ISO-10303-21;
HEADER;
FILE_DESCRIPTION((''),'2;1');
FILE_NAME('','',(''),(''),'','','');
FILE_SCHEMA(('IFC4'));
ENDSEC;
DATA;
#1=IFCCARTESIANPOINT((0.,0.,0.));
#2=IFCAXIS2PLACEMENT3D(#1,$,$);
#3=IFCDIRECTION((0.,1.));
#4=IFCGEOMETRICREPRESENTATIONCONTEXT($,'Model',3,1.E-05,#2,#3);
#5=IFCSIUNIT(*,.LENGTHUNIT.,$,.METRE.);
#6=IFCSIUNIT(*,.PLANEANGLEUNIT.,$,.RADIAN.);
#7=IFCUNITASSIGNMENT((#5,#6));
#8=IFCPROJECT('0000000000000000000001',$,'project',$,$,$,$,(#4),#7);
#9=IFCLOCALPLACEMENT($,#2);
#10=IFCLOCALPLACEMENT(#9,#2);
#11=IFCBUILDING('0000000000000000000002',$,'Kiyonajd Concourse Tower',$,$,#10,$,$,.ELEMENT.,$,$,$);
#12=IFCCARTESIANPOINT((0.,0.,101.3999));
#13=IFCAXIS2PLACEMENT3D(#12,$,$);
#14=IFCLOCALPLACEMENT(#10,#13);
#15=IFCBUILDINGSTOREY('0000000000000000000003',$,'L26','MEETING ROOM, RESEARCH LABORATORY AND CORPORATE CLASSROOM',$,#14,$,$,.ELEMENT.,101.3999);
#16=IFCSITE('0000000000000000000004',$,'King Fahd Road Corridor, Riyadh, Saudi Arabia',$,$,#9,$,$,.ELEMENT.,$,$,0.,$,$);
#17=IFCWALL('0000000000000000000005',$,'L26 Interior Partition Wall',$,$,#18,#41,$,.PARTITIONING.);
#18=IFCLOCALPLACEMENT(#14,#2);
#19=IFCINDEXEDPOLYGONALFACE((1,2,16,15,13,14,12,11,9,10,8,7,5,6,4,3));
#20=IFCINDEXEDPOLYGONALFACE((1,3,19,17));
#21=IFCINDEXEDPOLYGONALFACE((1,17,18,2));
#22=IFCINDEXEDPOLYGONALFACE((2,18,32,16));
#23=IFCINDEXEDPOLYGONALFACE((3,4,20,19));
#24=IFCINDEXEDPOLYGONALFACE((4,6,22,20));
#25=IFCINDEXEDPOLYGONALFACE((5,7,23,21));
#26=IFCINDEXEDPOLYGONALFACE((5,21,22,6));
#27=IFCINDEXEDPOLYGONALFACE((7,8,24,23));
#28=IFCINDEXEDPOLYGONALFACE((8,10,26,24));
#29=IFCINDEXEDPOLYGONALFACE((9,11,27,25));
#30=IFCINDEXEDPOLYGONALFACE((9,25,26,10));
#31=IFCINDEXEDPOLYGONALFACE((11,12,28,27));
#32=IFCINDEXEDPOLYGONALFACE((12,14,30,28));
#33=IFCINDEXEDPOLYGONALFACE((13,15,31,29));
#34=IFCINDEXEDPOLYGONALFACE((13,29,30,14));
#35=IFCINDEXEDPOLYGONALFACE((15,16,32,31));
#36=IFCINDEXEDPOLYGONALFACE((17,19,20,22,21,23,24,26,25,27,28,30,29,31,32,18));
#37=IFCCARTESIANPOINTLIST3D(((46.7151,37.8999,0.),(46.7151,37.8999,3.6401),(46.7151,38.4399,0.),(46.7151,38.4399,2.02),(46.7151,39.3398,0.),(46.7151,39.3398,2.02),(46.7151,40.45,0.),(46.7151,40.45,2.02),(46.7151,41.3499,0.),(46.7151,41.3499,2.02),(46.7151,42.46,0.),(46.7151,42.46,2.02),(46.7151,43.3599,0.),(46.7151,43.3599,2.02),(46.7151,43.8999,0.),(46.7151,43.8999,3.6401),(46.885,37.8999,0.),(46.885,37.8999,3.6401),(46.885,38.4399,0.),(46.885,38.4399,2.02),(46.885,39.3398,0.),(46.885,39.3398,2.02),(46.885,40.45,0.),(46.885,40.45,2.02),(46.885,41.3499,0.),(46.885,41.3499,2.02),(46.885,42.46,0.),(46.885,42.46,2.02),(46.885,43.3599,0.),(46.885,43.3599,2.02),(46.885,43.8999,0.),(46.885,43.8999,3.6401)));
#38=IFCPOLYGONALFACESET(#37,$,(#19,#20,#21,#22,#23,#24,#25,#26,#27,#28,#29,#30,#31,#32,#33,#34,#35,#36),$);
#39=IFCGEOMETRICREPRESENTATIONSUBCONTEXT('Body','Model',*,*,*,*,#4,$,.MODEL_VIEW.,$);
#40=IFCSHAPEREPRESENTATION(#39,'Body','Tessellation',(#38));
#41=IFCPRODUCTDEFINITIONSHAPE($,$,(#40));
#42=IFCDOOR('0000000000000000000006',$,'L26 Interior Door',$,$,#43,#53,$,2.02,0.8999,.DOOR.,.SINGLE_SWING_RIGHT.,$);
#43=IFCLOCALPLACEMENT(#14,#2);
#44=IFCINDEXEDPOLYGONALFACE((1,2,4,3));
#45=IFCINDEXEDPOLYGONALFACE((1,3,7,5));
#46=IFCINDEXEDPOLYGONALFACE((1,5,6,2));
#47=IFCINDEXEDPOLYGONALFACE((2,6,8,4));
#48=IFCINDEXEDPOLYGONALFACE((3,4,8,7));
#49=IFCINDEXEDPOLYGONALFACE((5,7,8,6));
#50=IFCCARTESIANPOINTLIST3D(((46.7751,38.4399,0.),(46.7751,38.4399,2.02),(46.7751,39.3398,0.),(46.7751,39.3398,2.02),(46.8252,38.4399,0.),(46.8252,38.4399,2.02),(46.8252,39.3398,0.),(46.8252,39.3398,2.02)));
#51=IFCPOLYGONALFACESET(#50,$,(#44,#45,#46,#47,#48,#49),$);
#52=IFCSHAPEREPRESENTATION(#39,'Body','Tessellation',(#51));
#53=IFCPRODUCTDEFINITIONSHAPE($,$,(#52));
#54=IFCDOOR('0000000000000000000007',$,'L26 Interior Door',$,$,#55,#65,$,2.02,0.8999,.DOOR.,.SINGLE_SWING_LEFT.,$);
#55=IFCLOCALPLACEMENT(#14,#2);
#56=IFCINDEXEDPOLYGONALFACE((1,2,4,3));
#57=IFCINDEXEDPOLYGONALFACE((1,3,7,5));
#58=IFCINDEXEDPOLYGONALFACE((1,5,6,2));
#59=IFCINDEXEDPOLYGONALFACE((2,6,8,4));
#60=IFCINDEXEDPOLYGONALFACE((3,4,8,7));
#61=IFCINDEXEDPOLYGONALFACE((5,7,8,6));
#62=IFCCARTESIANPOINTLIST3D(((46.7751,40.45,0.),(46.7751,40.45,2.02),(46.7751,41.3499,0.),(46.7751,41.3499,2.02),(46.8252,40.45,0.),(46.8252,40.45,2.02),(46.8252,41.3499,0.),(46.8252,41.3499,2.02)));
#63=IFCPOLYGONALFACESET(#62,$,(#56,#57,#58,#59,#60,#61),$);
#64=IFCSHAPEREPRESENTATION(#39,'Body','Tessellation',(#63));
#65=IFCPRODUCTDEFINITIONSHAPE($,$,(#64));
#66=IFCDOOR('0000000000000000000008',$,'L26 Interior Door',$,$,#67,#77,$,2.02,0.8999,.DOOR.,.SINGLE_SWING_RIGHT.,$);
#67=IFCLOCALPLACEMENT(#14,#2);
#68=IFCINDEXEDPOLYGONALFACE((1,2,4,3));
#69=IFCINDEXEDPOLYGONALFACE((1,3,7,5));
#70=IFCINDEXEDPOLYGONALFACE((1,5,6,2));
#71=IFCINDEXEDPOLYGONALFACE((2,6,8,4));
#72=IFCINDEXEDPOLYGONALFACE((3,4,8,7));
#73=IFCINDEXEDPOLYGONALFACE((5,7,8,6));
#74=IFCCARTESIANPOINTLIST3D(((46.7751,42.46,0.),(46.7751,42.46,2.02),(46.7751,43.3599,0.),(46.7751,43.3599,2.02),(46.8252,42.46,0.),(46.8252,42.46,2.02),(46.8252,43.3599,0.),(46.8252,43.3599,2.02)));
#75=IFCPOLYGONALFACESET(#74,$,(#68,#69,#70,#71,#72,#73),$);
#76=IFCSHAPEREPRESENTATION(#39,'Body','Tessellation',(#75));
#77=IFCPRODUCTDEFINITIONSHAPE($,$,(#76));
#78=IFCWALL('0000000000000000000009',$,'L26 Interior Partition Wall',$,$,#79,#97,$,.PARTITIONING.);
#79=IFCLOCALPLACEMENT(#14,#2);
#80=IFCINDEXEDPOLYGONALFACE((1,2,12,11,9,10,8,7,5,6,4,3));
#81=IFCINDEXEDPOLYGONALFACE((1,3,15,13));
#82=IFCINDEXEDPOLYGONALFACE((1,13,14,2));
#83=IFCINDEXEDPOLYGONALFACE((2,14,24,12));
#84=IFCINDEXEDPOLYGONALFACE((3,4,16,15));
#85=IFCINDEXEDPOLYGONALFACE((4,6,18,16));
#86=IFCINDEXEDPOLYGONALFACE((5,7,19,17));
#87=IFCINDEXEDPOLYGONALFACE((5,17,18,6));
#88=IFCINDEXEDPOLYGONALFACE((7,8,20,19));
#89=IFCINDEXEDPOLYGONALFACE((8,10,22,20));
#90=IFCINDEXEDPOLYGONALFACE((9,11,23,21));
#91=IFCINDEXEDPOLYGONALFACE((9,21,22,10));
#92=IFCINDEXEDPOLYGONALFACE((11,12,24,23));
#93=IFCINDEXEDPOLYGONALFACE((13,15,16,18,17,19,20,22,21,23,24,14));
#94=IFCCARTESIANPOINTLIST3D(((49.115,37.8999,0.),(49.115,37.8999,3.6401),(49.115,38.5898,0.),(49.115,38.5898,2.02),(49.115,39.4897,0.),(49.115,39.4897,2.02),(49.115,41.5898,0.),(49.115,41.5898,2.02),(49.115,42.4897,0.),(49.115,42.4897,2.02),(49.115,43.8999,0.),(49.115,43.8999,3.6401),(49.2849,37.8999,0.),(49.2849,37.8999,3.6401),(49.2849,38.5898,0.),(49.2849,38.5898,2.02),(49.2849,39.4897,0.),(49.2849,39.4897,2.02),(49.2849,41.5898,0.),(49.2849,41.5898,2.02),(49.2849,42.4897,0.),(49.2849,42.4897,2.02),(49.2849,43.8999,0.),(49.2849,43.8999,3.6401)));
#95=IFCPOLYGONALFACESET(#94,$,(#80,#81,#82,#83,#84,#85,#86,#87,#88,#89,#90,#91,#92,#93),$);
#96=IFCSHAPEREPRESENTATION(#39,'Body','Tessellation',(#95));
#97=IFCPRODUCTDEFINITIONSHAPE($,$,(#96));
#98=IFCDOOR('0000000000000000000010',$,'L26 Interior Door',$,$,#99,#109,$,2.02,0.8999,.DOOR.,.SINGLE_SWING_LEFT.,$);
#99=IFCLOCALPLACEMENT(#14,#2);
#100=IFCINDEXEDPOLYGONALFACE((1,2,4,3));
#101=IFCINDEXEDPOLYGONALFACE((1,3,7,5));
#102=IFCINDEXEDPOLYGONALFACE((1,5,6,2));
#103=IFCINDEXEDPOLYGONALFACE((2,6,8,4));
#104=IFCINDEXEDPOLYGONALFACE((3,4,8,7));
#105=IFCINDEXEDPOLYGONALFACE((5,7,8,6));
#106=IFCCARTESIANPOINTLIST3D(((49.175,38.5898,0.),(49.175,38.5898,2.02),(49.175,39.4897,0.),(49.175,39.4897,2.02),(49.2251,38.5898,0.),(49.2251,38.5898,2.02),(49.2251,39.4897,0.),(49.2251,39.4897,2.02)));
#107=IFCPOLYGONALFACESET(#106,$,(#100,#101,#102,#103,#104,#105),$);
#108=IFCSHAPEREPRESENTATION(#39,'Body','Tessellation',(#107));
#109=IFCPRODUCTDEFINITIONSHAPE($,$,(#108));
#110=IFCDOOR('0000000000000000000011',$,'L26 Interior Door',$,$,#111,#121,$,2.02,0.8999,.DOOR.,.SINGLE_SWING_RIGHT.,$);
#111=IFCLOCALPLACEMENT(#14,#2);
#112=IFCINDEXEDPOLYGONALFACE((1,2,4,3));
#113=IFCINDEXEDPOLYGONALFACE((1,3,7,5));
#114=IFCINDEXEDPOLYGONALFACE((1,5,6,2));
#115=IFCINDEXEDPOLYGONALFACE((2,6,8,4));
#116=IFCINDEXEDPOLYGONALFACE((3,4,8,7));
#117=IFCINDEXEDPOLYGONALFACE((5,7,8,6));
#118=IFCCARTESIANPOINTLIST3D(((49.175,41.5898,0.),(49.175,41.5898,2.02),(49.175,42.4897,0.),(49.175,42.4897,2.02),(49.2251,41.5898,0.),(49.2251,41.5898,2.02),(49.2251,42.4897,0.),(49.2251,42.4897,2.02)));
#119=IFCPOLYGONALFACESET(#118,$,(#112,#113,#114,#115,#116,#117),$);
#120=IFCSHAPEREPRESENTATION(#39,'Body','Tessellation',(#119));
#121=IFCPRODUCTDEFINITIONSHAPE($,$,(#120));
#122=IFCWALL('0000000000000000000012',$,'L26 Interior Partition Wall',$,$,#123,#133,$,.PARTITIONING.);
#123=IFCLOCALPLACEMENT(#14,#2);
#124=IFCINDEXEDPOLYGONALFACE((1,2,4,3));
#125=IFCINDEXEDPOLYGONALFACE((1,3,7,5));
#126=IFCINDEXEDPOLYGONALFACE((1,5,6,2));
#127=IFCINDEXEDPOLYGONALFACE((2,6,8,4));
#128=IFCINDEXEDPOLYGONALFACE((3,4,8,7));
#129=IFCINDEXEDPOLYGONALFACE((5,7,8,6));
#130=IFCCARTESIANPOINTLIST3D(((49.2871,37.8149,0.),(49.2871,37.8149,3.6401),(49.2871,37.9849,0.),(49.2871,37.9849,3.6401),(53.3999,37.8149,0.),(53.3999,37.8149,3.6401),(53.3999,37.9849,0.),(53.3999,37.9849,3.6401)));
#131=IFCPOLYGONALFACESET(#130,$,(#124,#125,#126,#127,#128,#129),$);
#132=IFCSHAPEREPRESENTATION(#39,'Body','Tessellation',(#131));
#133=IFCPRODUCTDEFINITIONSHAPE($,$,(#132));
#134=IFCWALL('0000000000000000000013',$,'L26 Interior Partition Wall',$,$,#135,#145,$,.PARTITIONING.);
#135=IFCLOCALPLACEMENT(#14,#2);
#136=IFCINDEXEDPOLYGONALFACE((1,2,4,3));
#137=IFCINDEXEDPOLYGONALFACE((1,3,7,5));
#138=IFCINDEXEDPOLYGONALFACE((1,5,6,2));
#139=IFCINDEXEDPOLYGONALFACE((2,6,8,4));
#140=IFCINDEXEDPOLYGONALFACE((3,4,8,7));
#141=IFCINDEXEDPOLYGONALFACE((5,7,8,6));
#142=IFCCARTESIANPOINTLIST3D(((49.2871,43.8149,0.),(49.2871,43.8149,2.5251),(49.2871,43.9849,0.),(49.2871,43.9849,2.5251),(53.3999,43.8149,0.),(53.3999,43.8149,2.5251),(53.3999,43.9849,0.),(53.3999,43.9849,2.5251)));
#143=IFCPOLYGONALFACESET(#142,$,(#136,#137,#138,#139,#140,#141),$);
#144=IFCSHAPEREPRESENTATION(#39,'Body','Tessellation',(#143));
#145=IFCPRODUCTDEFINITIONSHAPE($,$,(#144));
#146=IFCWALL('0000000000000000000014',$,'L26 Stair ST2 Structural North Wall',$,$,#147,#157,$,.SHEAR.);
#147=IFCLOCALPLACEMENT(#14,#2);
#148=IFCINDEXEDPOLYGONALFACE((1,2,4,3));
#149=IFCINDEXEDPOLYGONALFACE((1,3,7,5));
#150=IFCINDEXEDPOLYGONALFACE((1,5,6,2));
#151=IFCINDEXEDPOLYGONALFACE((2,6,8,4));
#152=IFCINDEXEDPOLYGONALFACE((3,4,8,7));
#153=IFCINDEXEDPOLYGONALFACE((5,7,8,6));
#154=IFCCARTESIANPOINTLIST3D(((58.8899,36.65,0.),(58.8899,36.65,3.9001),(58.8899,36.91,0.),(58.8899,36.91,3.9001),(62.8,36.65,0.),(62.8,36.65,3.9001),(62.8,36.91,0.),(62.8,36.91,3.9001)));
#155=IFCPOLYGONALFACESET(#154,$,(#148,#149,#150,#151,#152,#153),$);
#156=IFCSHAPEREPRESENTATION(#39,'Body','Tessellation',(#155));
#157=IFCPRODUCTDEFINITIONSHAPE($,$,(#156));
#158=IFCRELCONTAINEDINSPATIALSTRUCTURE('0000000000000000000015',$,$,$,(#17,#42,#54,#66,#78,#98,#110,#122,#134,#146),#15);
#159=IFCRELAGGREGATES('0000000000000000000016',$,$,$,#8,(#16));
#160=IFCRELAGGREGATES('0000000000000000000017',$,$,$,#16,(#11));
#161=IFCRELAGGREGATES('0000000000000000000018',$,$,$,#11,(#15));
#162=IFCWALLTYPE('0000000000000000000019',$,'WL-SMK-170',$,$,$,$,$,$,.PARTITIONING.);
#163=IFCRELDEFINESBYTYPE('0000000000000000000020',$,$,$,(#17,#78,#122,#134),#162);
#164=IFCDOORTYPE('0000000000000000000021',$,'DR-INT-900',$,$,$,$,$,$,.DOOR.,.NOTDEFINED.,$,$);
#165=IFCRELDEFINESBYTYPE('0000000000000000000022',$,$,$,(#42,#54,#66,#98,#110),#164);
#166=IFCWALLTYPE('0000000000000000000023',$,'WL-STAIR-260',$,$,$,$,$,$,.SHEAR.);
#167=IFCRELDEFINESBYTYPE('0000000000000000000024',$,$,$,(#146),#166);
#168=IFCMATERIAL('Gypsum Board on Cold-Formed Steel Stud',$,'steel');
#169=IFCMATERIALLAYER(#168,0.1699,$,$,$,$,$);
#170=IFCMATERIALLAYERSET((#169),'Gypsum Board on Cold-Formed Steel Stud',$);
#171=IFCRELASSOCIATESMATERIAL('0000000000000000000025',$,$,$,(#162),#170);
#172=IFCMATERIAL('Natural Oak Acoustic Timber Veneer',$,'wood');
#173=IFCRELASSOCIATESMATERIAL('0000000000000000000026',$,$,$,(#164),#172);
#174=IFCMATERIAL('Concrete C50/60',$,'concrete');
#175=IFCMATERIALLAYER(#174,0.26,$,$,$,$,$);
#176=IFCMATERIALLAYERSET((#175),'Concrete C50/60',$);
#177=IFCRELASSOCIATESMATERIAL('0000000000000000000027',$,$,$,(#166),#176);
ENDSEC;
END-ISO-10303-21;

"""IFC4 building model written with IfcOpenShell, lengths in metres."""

from ifc_helpers import new_model, si_unit, direction, frame, frame_2d, origin, place, context, subcontext, project, spatial, rectangle, extrude, material, layer, layer_set, type_object, element, fill, save


model = new_model("IFC4")

# Units and contexts
model_context = context("Model", 3, precision=1e-05, world=origin(), true_north=direction((0.0, 1.0)))
body_context = subcontext(model_context, "Body", "Model", "MODEL_VIEW")
ifc_project = project(units=[si_unit("LENGTHUNIT", "METRE"), si_unit("PLANEANGLEUNIT", "RADIAN")], contexts=[model_context])

# Site, building, storey
site_placement = place(None, origin())
site = spatial("IfcSite", under=ifc_project, at=site_placement, Name="King Fahd Road Corridor, Riyadh, Saudi Arabia", CompositionType="ELEMENT", RefElevation=0.0)
building_placement = place(site_placement, origin())
building = spatial("IfcBuilding", under=site, at=building_placement, Name="Kiyonajd Concourse Tower", CompositionType="ELEMENT")
storey_placement = place(building_placement, frame((0.0, 0.0, 101.3999)))
storey = spatial("IfcBuildingStorey", under=building, at=storey_placement, Name="L26", Description="MEETING ROOM, RESEARCH LABORATORY AND CORPORATE CLASSROOM", CompositionType="ELEMENT", Elevation=101.3999)

# Shared definitions
ifc_material_1 = material(Name="Concrete C50/60", Category="concrete")

# Shared definitions
ifc_material_2 = material(Name="Gypsum Board on Cold-Formed Steel Stud", Category="steel")
ifc_layer_1 = layer(ifc_material_2, 0.1699)
ifc_layer_set_1 = layer_set([ifc_layer_1], Name="Gypsum Board on Cold-Formed Steel Stud")
wall_type_1 = type_object("IfcWallType", Name="WL-SMK-170", PredefinedType="PARTITIONING", material=ifc_layer_set_1)

# Walls, openings, doors
wall_1_placement = place(storey_placement, frame((46.8, 37.8999, 0.0), z_axis=(0.0, 0.0, 1.0), x_axis=(0.0, 1.0, 0.0)))
wall_1 = element("IfcWall", 1, at=wall_1_placement, inside=storey, type_object=wall_type_1, Name="L26 Interior Partition Wall", PredefinedType="PARTITIONING", context=body_context, shape_type="SweptSolid", body=[
    extrude(rectangle(XDim=6.0, YDim=0.1699, at=frame_2d((3.0, 0.0))), origin(), (0.0, 0.0, 1.0), 3.6401),
])
opening_1_placement = place(wall_1_placement, frame((0.54, 0.0, 0.0)))
opening_1 = element("IfcOpeningElement", 2, at=opening_1_placement, cuts=wall_1, PredefinedType="OPENING", context=body_context, shape_type="SweptSolid", body=[
    extrude(rectangle(XDim=0.8999, YDim=2.02, at=frame_2d((0.45, 1.01))), frame((0.0, 0.095, 0.0), z_axis=(0.0, -1.0, 0.0), x_axis=(1.0, 0.0, 0.0)), (0.0, 0.0, 1.0), 0.1899),
])
opening_2_placement = place(wall_1_placement, frame((2.55, 0.0, 0.0)))
opening_2 = element("IfcOpeningElement", 3, at=opening_2_placement, cuts=wall_1, PredefinedType="OPENING", context=body_context, shape_type="SweptSolid", body=[
    extrude(rectangle(XDim=0.8999, YDim=2.02, at=frame_2d((0.45, 1.01))), frame((0.0, 0.095, 0.0), z_axis=(0.0, -1.0, 0.0), x_axis=(1.0, 0.0, 0.0)), (0.0, 0.0, 1.0), 0.1899),
])
opening_3_placement = place(wall_1_placement, frame((4.5601, 0.0, 0.0)))
opening_3 = element("IfcOpeningElement", 4, at=opening_3_placement, cuts=wall_1, PredefinedType="OPENING", context=body_context, shape_type="SweptSolid", body=[
    extrude(rectangle(XDim=0.8999, YDim=2.02, at=frame_2d((0.45, 1.01))), frame((0.0, 0.095, 0.0), z_axis=(0.0, -1.0, 0.0), x_axis=(1.0, 0.0, 0.0)), (0.0, 0.0, 1.0), 0.1899),
])
ifc_material_3 = material(Name="Natural Oak Acoustic Timber Veneer", Category="wood")
door_type_1 = type_object("IfcDoorType", Name="DR-INT-900", OperationType="NOTDEFINED", PredefinedType="DOOR", material=ifc_material_3)
door_1_placement = place(opening_1_placement, origin())
door_1 = element("IfcDoor", 5, at=door_1_placement, inside=storey, type_object=door_type_1, Name="L26 Interior Door", OperationType="SINGLE_SWING_RIGHT", OverallHeight=2.02, OverallWidth=0.8999, PredefinedType="DOOR", context=body_context, shape_type="SweptSolid", body=[
    extrude(rectangle(XDim=0.8999, YDim=2.02, at=frame_2d((0.45, 1.01))), frame((0.0, 0.0249, 0.0), z_axis=(0.0, -1.0, 0.0), x_axis=(1.0, 0.0, 0.0)), (0.0, 0.0, 1.0), 0.05),
])
fill(opening_1, door_1)
door_2_placement = place(opening_2_placement, origin())
door_2 = element("IfcDoor", 6, at=door_2_placement, inside=storey, type_object=door_type_1, Name="L26 Interior Door", OperationType="SINGLE_SWING_LEFT", OverallHeight=2.02, OverallWidth=0.8999, PredefinedType="DOOR", context=body_context, shape_type="SweptSolid", body=[
    extrude(rectangle(XDim=0.8999, YDim=2.02, at=frame_2d((0.45, 1.01))), frame((0.0, 0.0249, 0.0), z_axis=(0.0, -1.0, 0.0), x_axis=(1.0, 0.0, 0.0)), (0.0, 0.0, 1.0), 0.05),
])
fill(opening_2, door_2)
door_3_placement = place(opening_3_placement, origin())
door_3 = element("IfcDoor", 7, at=door_3_placement, inside=storey, type_object=door_type_1, Name="L26 Interior Door", OperationType="SINGLE_SWING_RIGHT", OverallHeight=2.02, OverallWidth=0.8999, PredefinedType="DOOR", context=body_context, shape_type="SweptSolid", body=[
    extrude(rectangle(XDim=0.8999, YDim=2.02, at=frame_2d((0.45, 1.01))), frame((0.0, 0.0249, 0.0), z_axis=(0.0, -1.0, 0.0), x_axis=(1.0, 0.0, 0.0)), (0.0, 0.0, 1.0), 0.05),
])
fill(opening_3, door_3)
wall_2_placement = place(storey_placement, frame((49.2, 37.8999, 0.0), z_axis=(0.0, 0.0, 1.0), x_axis=(0.0, 1.0, 0.0)))
wall_2 = element("IfcWall", 8, at=wall_2_placement, inside=storey, type_object=wall_type_1, Name="L26 Interior Partition Wall", PredefinedType="PARTITIONING", context=body_context, shape_type="SweptSolid", body=[
    extrude(rectangle(XDim=6.0, YDim=0.1699, at=frame_2d((3.0, 0.0))), origin(), (0.0, 0.0, 1.0), 3.6401),
])
opening_4_placement = place(wall_2_placement, frame((0.6899, 0.0, 0.0)))
opening_4 = element("IfcOpeningElement", 9, at=opening_4_placement, cuts=wall_2, PredefinedType="OPENING", context=body_context, shape_type="SweptSolid", body=[
    extrude(rectangle(XDim=0.8999, YDim=2.02, at=frame_2d((0.45, 1.01))), frame((0.0, 0.095, 0.0), z_axis=(0.0, -1.0, 0.0), x_axis=(1.0, 0.0, 0.0)), (0.0, 0.0, 1.0), 0.1899),
])
opening_5_placement = place(wall_2_placement, frame((3.6899, 0.0, 0.0)))
opening_5 = element("IfcOpeningElement", 10, at=opening_5_placement, cuts=wall_2, PredefinedType="OPENING", context=body_context, shape_type="SweptSolid", body=[
    extrude(rectangle(XDim=0.8999, YDim=2.02, at=frame_2d((0.45, 1.01))), frame((0.0, 0.095, 0.0), z_axis=(0.0, -1.0, 0.0), x_axis=(1.0, 0.0, 0.0)), (0.0, 0.0, 1.0), 0.1899),
])
door_4_placement = place(opening_4_placement, origin())
door_4 = element("IfcDoor", 11, at=door_4_placement, inside=storey, type_object=door_type_1, Name="L26 Interior Door", OperationType="SINGLE_SWING_LEFT", OverallHeight=2.02, OverallWidth=0.8999, PredefinedType="DOOR", context=body_context, shape_type="SweptSolid", body=[
    extrude(rectangle(XDim=0.8999, YDim=2.02, at=frame_2d((0.45, 1.01))), frame((0.0, 0.0249, 0.0), z_axis=(0.0, -1.0, 0.0), x_axis=(1.0, 0.0, 0.0)), (0.0, 0.0, 1.0), 0.05),
])
fill(opening_4, door_4)
door_5_placement = place(opening_5_placement, origin())
door_5 = element("IfcDoor", 12, at=door_5_placement, inside=storey, type_object=door_type_1, Name="L26 Interior Door", OperationType="SINGLE_SWING_RIGHT", OverallHeight=2.02, OverallWidth=0.8999, PredefinedType="DOOR", context=body_context, shape_type="SweptSolid", body=[
    extrude(rectangle(XDim=0.8999, YDim=2.02, at=frame_2d((0.45, 1.01))), frame((0.0, 0.0249, 0.0), z_axis=(0.0, -1.0, 0.0), x_axis=(1.0, 0.0, 0.0)), (0.0, 0.0, 1.0), 0.05),
])
fill(opening_5, door_5)

# Walls
wall_3_placement = place(storey_placement, frame((49.2871, 37.8999, 0.0), z_axis=(0.0, 0.0, 1.0), x_axis=(1.0, 0.0, 0.0)))
element("IfcWall", 13, at=wall_3_placement, inside=storey, type_object=wall_type_1, Name="L26 Interior Partition Wall", PredefinedType="PARTITIONING", context=body_context, shape_type="SweptSolid", body=[
    extrude(rectangle(XDim=4.1128, YDim=0.1699, at=frame_2d((2.0564, 0.0))), origin(), (0.0, 0.0, 1.0), 3.6401),
])
wall_4_placement = place(storey_placement, frame((49.2871, 43.8999, 0.0), z_axis=(0.0, 0.0, 1.0), x_axis=(1.0, 0.0, 0.0)))
element("IfcWall", 14, at=wall_4_placement, inside=storey, type_object=wall_type_1, Name="L26 Interior Partition Wall", PredefinedType="PARTITIONING", context=body_context, shape_type="SweptSolid", body=[
    extrude(rectangle(XDim=4.1128, YDim=0.1699, at=frame_2d((2.0564, 0.0))), origin(), (0.0, 0.0, 1.0), 2.5251),
])
ifc_layer_2 = layer(ifc_material_1, 0.26)
ifc_layer_set_2 = layer_set([ifc_layer_2], Name="Concrete C50/60")
wall_type_2 = type_object("IfcWallType", Name="WL-STAIR-260", PredefinedType="SHEAR", material=ifc_layer_set_2)
wall_5_placement = place(storey_placement, frame((58.8899, 36.78, 0.0), z_axis=(0.0, 0.0, 1.0), x_axis=(1.0, 0.0, 0.0)))
element("IfcWall", 15, at=wall_5_placement, inside=storey, type_object=wall_type_2, Name="L26 Stair ST2 Structural North Wall", PredefinedType="SHEAR", context=body_context, shape_type="SweptSolid", body=[
    extrude(rectangle(XDim=3.9102, YDim=0.26, at=frame_2d((1.9551, 0.0))), origin(), (0.0, 0.0, 1.0), 3.9001),
])

save(model, "model.ifc")
